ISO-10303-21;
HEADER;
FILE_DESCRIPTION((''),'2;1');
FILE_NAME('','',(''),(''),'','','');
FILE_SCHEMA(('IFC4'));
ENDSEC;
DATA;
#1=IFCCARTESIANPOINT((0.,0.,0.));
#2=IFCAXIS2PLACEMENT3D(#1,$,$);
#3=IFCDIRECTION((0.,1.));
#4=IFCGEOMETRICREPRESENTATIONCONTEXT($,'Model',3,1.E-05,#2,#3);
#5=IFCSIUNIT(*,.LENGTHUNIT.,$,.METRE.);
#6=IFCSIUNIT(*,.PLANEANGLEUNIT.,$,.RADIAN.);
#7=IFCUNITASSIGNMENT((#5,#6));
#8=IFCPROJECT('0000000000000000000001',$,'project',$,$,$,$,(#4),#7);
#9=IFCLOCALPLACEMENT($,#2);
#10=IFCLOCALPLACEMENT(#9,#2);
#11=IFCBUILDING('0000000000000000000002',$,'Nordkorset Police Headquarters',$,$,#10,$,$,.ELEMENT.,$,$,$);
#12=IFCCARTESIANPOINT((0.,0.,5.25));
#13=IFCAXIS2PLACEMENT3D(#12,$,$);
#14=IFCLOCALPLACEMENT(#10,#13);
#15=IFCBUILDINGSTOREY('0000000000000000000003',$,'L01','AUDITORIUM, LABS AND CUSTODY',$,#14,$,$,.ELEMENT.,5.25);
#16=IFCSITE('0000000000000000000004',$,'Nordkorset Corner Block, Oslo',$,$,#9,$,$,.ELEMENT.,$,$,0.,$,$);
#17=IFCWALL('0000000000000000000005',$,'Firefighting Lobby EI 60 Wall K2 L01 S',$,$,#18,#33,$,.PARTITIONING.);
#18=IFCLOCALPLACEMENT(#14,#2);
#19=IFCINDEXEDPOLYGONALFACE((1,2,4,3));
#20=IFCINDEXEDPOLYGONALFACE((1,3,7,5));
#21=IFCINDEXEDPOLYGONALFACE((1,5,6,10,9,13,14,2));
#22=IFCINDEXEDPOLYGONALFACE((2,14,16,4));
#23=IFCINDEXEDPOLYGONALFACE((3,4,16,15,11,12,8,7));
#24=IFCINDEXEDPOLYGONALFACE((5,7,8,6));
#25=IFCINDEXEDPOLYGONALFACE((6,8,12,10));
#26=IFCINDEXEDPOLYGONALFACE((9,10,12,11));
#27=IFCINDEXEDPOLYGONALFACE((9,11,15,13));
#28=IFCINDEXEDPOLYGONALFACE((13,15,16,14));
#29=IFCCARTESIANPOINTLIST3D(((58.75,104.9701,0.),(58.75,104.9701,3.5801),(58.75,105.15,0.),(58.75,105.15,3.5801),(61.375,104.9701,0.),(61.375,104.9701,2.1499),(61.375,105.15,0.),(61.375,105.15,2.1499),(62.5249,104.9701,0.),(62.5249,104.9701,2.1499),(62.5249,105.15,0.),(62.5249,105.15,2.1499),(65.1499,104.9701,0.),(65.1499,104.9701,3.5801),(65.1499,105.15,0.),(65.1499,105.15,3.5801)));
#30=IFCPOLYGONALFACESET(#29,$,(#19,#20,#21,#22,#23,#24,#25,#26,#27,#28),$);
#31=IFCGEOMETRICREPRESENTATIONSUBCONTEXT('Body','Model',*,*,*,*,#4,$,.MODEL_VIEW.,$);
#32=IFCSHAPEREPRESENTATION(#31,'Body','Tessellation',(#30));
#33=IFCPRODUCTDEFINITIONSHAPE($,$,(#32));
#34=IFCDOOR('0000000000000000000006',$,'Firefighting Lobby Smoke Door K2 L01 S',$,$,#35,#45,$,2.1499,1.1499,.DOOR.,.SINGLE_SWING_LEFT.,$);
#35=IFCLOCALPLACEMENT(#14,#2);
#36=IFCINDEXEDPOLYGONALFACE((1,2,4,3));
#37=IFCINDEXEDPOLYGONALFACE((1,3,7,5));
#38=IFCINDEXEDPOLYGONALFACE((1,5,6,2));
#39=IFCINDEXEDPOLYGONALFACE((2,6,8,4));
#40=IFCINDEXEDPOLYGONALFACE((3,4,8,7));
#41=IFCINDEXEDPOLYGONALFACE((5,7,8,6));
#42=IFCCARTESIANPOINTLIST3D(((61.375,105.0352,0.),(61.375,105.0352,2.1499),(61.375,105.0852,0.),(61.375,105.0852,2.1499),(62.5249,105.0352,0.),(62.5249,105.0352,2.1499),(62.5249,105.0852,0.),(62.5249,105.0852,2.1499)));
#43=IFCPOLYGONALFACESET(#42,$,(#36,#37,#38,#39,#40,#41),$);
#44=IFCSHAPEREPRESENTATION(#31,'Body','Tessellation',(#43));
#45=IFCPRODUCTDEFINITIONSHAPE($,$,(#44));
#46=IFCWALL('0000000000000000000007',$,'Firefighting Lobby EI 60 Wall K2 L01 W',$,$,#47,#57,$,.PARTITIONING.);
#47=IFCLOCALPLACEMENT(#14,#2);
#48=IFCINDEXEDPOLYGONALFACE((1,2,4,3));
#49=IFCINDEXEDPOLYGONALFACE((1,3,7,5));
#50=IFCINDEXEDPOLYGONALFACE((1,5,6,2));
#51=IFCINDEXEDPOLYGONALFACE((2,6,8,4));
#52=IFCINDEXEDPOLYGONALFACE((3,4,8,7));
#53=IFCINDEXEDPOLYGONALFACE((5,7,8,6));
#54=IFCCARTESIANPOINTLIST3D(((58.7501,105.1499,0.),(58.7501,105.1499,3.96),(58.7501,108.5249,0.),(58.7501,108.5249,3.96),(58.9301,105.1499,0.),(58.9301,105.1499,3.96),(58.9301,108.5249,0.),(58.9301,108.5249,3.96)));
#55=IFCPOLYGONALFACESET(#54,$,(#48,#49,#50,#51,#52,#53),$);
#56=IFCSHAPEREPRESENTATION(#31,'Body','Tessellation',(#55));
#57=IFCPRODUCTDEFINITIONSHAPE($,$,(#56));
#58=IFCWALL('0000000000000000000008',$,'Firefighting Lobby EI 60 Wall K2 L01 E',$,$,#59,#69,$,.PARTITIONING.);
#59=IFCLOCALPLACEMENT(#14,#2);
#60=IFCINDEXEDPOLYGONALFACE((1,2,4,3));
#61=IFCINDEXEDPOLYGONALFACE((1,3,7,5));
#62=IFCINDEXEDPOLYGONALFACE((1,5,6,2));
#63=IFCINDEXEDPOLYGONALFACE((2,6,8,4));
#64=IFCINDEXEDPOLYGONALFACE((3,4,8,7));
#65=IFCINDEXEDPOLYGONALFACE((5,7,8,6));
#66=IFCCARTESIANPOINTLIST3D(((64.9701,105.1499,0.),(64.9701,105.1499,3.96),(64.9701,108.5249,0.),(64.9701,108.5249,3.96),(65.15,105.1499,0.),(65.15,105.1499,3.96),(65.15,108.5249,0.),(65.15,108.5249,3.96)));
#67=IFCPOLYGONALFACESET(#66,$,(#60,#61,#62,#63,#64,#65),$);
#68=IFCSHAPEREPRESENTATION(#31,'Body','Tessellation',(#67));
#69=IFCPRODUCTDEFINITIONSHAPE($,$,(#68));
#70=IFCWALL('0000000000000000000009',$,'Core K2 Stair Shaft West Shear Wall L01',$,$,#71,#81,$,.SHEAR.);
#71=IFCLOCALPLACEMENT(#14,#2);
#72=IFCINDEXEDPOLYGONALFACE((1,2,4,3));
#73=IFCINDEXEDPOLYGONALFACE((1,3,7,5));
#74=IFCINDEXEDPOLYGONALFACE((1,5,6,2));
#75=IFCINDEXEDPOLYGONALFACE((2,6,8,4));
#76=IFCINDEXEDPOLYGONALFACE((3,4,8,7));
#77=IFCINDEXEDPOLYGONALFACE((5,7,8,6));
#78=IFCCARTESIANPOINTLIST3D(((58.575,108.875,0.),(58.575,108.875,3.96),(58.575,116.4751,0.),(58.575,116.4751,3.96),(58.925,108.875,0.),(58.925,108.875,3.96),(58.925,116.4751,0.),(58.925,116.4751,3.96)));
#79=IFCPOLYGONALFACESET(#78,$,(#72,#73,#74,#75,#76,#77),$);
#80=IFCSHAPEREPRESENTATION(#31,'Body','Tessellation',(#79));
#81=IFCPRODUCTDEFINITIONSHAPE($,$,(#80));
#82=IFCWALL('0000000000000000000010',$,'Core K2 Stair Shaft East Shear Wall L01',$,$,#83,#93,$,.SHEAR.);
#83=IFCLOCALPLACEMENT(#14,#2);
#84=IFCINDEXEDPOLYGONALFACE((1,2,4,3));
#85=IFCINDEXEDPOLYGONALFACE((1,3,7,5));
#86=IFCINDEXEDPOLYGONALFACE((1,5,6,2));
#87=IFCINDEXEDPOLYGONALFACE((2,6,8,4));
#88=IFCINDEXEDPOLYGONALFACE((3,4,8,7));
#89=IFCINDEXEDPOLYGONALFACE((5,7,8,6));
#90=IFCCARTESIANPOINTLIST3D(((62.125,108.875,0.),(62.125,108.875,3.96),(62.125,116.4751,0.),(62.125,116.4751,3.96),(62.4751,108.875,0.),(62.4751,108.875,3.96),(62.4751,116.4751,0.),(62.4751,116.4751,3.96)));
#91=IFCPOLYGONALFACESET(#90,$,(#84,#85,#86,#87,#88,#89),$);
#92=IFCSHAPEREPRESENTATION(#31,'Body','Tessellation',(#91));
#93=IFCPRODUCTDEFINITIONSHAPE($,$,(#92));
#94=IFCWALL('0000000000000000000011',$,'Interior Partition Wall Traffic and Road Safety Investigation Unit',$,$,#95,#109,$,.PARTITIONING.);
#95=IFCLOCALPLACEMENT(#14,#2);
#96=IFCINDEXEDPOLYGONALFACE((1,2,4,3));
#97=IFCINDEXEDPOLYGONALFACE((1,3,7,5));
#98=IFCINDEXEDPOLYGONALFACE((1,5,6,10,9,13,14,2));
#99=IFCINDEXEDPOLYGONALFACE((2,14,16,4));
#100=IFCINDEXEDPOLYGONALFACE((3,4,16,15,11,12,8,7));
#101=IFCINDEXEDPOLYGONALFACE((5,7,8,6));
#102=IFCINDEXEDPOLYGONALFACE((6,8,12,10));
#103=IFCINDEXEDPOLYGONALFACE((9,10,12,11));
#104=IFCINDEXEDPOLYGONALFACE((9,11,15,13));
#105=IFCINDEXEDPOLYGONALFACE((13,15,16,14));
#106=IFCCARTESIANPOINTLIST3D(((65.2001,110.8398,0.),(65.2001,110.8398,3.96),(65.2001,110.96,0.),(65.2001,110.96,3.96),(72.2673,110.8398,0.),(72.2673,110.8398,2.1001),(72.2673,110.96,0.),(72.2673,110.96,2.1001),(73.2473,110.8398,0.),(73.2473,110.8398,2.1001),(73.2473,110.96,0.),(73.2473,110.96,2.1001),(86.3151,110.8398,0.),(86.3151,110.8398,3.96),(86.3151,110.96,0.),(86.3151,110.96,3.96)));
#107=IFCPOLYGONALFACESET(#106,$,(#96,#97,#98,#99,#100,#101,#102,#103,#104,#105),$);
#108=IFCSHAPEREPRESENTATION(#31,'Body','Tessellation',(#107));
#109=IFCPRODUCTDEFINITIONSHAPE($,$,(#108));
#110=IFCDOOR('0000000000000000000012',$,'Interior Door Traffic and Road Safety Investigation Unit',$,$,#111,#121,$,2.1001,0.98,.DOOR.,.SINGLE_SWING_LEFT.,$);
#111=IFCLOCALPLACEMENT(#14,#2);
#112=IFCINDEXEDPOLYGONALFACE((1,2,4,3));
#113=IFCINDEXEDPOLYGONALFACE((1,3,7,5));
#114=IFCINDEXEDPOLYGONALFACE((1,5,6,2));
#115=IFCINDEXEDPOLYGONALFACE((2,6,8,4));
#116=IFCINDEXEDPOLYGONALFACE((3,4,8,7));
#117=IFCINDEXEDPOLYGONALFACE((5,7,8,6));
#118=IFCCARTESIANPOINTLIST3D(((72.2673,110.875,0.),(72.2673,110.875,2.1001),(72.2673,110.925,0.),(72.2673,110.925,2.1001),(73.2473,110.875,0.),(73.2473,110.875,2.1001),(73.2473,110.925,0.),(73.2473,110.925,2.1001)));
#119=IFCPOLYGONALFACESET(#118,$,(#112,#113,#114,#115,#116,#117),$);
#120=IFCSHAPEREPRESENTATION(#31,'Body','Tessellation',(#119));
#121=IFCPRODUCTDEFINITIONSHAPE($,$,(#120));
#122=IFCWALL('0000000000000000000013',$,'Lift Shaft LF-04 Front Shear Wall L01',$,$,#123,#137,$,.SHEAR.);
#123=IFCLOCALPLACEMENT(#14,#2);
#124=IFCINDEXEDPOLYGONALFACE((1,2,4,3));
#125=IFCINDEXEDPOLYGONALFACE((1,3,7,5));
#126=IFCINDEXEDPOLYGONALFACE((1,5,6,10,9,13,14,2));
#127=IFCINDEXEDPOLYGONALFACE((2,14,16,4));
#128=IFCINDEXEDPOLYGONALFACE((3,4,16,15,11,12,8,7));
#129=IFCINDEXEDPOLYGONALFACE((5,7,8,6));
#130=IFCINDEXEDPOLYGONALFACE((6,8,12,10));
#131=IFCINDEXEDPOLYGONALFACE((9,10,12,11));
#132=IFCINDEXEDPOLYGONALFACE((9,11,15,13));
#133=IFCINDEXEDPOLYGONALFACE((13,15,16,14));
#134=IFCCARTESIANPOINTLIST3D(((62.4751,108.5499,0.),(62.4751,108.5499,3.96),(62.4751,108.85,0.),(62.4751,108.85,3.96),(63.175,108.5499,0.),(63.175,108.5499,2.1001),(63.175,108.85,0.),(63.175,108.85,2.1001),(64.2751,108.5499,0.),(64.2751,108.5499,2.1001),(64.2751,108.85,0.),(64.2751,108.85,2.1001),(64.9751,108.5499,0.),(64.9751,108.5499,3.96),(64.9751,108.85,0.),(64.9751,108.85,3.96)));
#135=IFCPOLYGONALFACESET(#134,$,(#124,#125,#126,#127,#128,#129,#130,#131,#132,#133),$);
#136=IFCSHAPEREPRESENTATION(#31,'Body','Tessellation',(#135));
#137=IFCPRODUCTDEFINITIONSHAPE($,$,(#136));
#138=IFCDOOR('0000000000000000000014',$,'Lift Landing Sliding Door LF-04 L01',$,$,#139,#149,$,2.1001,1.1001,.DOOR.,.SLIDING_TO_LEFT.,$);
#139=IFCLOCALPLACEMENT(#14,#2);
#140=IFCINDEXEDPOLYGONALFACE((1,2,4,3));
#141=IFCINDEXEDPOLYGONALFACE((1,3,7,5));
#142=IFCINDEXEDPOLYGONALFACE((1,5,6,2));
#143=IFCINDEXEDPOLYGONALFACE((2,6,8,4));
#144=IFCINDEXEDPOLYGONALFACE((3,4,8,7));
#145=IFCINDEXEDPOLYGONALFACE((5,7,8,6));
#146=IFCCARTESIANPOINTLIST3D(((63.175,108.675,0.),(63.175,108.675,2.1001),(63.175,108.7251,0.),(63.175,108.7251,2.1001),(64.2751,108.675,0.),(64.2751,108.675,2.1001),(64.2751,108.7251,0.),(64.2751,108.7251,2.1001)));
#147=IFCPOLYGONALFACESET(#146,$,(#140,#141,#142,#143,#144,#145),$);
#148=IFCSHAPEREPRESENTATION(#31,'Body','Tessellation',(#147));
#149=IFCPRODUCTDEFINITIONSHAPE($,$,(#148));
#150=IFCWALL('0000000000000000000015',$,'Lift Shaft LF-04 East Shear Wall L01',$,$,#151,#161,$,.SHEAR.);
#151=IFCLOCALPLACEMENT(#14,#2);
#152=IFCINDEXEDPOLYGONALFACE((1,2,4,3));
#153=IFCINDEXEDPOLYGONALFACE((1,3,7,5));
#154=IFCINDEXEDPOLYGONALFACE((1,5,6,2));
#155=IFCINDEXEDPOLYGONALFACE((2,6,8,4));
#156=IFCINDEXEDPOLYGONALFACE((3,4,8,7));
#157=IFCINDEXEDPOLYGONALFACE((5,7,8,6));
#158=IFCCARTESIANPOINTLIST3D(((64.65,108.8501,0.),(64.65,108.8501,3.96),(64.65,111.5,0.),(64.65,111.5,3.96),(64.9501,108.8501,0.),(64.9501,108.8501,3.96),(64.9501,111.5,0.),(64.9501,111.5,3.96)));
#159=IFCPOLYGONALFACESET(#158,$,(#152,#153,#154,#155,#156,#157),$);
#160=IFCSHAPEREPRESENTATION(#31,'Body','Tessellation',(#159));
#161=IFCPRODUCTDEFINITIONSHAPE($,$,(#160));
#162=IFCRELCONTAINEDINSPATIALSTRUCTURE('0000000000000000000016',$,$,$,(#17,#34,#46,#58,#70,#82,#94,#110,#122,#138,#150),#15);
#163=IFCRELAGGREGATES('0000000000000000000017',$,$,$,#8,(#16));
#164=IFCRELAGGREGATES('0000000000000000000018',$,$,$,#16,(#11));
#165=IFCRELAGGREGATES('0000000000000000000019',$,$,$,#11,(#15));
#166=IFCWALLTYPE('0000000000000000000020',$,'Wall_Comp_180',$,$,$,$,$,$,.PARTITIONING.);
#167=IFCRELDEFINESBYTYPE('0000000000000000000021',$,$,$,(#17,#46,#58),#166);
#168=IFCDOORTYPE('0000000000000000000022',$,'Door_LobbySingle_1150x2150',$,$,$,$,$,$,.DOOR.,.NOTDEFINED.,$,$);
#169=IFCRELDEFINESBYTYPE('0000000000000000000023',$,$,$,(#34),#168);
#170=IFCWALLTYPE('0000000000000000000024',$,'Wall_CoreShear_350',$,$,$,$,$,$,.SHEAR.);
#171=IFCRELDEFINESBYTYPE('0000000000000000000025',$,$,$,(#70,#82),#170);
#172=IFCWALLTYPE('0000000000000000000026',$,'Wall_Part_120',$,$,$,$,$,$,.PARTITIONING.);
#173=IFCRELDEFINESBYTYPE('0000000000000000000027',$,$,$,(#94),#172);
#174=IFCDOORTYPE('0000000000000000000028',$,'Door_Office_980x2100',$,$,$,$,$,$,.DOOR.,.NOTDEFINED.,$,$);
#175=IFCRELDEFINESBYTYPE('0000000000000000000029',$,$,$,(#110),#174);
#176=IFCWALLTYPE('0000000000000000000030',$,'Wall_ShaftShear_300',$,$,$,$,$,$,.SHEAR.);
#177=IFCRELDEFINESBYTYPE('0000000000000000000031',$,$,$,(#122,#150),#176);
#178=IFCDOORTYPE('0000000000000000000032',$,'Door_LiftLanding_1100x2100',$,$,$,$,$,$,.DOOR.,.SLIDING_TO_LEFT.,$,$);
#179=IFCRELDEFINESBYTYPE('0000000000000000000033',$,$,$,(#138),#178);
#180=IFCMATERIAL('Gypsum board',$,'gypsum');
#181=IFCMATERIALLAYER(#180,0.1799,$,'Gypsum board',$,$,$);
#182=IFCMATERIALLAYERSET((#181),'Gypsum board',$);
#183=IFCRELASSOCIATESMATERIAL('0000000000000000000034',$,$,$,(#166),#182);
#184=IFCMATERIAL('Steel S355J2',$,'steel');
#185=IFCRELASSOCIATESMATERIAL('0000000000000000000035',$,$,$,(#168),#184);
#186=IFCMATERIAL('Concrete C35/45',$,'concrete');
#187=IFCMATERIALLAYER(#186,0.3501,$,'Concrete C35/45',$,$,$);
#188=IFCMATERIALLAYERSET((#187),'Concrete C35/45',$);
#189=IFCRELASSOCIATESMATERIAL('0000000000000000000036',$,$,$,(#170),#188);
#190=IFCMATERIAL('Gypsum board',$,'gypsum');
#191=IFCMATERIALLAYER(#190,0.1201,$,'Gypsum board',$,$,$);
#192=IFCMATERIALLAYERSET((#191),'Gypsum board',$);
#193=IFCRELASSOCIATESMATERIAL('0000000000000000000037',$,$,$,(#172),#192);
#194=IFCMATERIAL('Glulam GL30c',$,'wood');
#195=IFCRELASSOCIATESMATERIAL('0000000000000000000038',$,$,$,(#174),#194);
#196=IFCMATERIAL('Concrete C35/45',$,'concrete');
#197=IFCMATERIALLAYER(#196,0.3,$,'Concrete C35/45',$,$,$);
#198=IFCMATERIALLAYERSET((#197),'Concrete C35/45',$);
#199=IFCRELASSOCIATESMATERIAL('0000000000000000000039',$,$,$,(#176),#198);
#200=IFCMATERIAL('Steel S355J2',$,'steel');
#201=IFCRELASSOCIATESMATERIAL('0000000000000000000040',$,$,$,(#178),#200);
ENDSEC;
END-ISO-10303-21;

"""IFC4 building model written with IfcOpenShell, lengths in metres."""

from ifc_helpers import new_model, si_unit, direction, frame, frame_2d, origin, place, context, subcontext, project, spatial, rectangle, extrude, material, layer, layer_set, type_object, element, fill, save


model = new_model("IFC4")

# Units and contexts
model_context = context("Model", 3, precision=1e-05, world=origin(), true_north=direction((0.0, 1.0)))
body_context = subcontext(model_context, "Body", "Model", "MODEL_VIEW")
ifc_project = project(units=[si_unit("LENGTHUNIT", "METRE"), si_unit("PLANEANGLEUNIT", "RADIAN")], contexts=[model_context])

# Site, building, storey
site_placement = place(None, origin())
site = spatial("IfcSite", under=ifc_project, at=site_placement, Name="Nordkorset Corner Block, Oslo", CompositionType="ELEMENT", RefElevation=0.0)
building_placement = place(site_placement, origin())
building = spatial("IfcBuilding", under=site, at=building_placement, Name="Nordkorset Police Headquarters", CompositionType="ELEMENT")
storey_placement = place(building_placement, frame((0.0, 0.0, 5.25)))
storey = spatial("IfcBuildingStorey", under=building, at=storey_placement, Name="L01", Description="AUDITORIUM, LABS AND CUSTODY", CompositionType="ELEMENT", Elevation=5.25)

# Wall, opening, door
ifc_material_1 = material(Name="Gypsum board", Category="gypsum")
ifc_layer_1 = layer(ifc_material_1, 0.1799, Name="Gypsum board")
ifc_layer_set_1 = layer_set([ifc_layer_1], Name="Gypsum board")
wall_type_1 = type_object("IfcWallType", Name="Wall_Comp_180", PredefinedType="PARTITIONING", material=ifc_layer_set_1)
wall_1_placement = place(storey_placement, frame((58.75, 105.0601, 0.0), z_axis=(0.0, 0.0, 1.0), x_axis=(1.0, 0.0, 0.0)))
wall_1 = element("IfcWall", 1, at=wall_1_placement, inside=storey, type_object=wall_type_1, Name="Firefighting Lobby EI 60 Wall K2 L01 S", PredefinedType="PARTITIONING", context=body_context, shape_type="SweptSolid", body=[
    extrude(rectangle(XDim=6.3999, YDim=0.1799, at=frame_2d((3.2, 0.0))), origin(), (0.0, 0.0, 1.0), 3.5801),
])
opening_1_placement = place(wall_1_placement, frame((2.625, 0.0, 0.0)))
opening_1 = element("IfcOpeningElement", 2, at=opening_1_placement, cuts=wall_1, PredefinedType="OPENING", context=body_context, shape_type="SweptSolid", body=[
    extrude(rectangle(XDim=1.1499, YDim=2.1499, at=frame_2d((0.575, 1.075))), frame((0.0, 0.1001, 0.0), z_axis=(0.0, -1.0, 0.0), x_axis=(1.0, 0.0, 0.0)), (0.0, 0.0, 1.0), 0.2),
])
ifc_material_2 = material(Name="Steel S355J2", Category="steel")
door_type_1 = type_object("IfcDoorType", Name="Door_LobbySingle_1150x2150", OperationType="NOTDEFINED", PredefinedType="DOOR", material=ifc_material_2)
door_1_placement = place(opening_1_placement, frame((1.1499, 0.0, 0.0), z_axis=(0.0, 0.0, 1.0), x_axis=(-1.0, 0.0, 0.0)))
door_1 = element("IfcDoor", 3, at=door_1_placement, inside=storey, type_object=door_type_1, Name="Firefighting Lobby Smoke Door K2 L01 S", OperationType="SINGLE_SWING_LEFT", OverallHeight=2.1499, OverallWidth=1.1499, PredefinedType="DOOR", context=body_context, shape_type="SweptSolid", body=[
    extrude(rectangle(XDim=1.1499, YDim=2.1499, at=frame_2d((0.575, 1.075))), frame((0.0, 0.0249, 0.0), z_axis=(0.0, -1.0, 0.0), x_axis=(1.0, 0.0, 0.0)), (0.0, 0.0, 1.0), 0.05),
])
fill(opening_1, door_1)

# Walls
for number, where, z_axis, x_axis, name in (
    (4, (58.8401, 105.1499, 0.0), (0.0, 0.0, 1.0), (0.0, 1.0, 0.0), "Firefighting Lobby EI 60 Wall K2 L01 W"),
    (5, (65.0601, 105.1499, 0.0), (0.0, 0.0, 1.0), (0.0, 1.0, 0.0), "Firefighting Lobby EI 60 Wall K2 L01 E"),
):
    element("IfcWall", number, at=place(storey_placement, frame(where, z_axis=z_axis, x_axis=x_axis)), inside=storey, type_object=wall_type_1, Name=name, PredefinedType="PARTITIONING", context=body_context, shape_type="SweptSolid", body=[
        extrude(rectangle(XDim=3.375, YDim=0.1799, at=frame_2d((1.6875, 0.0))), origin(), (0.0, 0.0, 1.0), 3.96),
    ])

# Shared definitions
ifc_material_3 = material(Name="Concrete C35/45", Category="concrete")
ifc_layer_2 = layer(ifc_material_3, 0.3501, Name="Concrete C35/45")
ifc_layer_set_2 = layer_set([ifc_layer_2], Name="Concrete C35/45")
wall_type_2 = type_object("IfcWallType", Name="Wall_CoreShear_350", PredefinedType="SHEAR", material=ifc_layer_set_2)

# Walls
for number, where, z_axis, x_axis, name in (
    (6, (58.75, 108.875, 0.0), (0.0, 0.0, 1.0), (0.0, 1.0, 0.0), "Core K2 Stair Shaft West Shear Wall L01"),
    (7, (62.3, 108.875, 0.0), (0.0, 0.0, 1.0), (0.0, 1.0, 0.0), "Core K2 Stair Shaft East Shear Wall L01"),
):
    element("IfcWall", number, at=place(storey_placement, frame(where, z_axis=z_axis, x_axis=x_axis)), inside=storey, type_object=wall_type_2, Name=name, PredefinedType="SHEAR", context=body_context, shape_type="SweptSolid", body=[
        extrude(rectangle(XDim=7.6001, YDim=0.3501, at=frame_2d((3.8, 0.0))), origin(), (0.0, 0.0, 1.0), 3.96),
    ])

# Walls, openings, doors
ifc_material_4 = material(Name="Gypsum board", Category="gypsum")
ifc_layer_3 = layer(ifc_material_4, 0.1201, Name="Gypsum board")
ifc_layer_set_3 = layer_set([ifc_layer_3], Name="Gypsum board")
wall_type_3 = type_object("IfcWallType", Name="Wall_Part_120", PredefinedType="PARTITIONING", material=ifc_layer_set_3)
wall_2_placement = place(storey_placement, frame((65.2, 110.8999, 0.0), z_axis=(0.0, 0.0, 1.0), x_axis=(1.0, 0.0, 0.0)))
wall_2 = element("IfcWall", 8, at=wall_2_placement, inside=storey, type_object=wall_type_3, Name="Interior Partition Wall Traffic and Road Safety Investigation Unit", PredefinedType="PARTITIONING", context=body_context, shape_type="SweptSolid", body=[
    extrude(rectangle(XDim=21.115, YDim=0.1201, at=frame_2d((10.5576, 0.0))), origin(), (0.0, 0.0, 1.0), 3.96),
])
opening_2_placement = place(wall_2_placement, frame((7.0674, 0.0, 0.0)))
opening_2 = element("IfcOpeningElement", 9, at=opening_2_placement, cuts=wall_2, PredefinedType="OPENING", context=body_context, shape_type="SweptSolid", body=[
    extrude(rectangle(XDim=0.98, YDim=2.1001, at=frame_2d((0.49, 1.05))), frame((0.0, 0.0701, 0.0), z_axis=(0.0, -1.0, 0.0), x_axis=(1.0, 0.0, 0.0)), (0.0, 0.0, 1.0), 0.1401),
])
ifc_material_5 = material(Name="Glulam GL30c", Category="wood")
door_type_2 = type_object("IfcDoorType", Name="Door_Office_980x2100", OperationType="NOTDEFINED", PredefinedType="DOOR", material=ifc_material_5)
door_2_placement = place(opening_2_placement, frame((0.98, 0.0, 0.0), z_axis=(0.0, 0.0, 1.0), x_axis=(-1.0, 0.0, 0.0)))
door_2 = element("IfcDoor", 10, at=door_2_placement, inside=storey, type_object=door_type_2, Name="Interior Door Traffic and Road Safety Investigation Unit", OperationType="SINGLE_SWING_LEFT", OverallHeight=2.1001, OverallWidth=0.98, PredefinedType="DOOR", context=body_context, shape_type="SweptSolid", body=[
    extrude(rectangle(XDim=0.98, YDim=2.1001, at=frame_2d((0.49, 1.05))), frame((0.0, 0.0249, 0.0), z_axis=(0.0, -1.0, 0.0), x_axis=(1.0, 0.0, 0.0)), (0.0, 0.0, 1.0), 0.05),
])
fill(opening_2, door_2)
ifc_material_6 = material(Name="Concrete C35/45", Category="concrete")
ifc_layer_4 = layer(ifc_material_6, 0.3, Name="Concrete C35/45")
ifc_layer_set_4 = layer_set([ifc_layer_4], Name="Concrete C35/45")
wall_type_4 = type_object("IfcWallType", Name="Wall_ShaftShear_300", PredefinedType="SHEAR", material=ifc_layer_set_4)
wall_3_placement = place(storey_placement, frame((62.4751, 108.7, 0.0), z_axis=(0.0, 0.0, 1.0), x_axis=(1.0, 0.0, 0.0)))
wall_3 = element("IfcWall", 11, at=wall_3_placement, inside=storey, type_object=wall_type_4, Name="Lift Shaft LF-04 Front Shear Wall L01", PredefinedType="SHEAR", context=body_context, shape_type="SweptSolid", body=[
    extrude(rectangle(XDim=2.5, YDim=0.3, at=frame_2d((1.25, 0.0))), origin(), (0.0, 0.0, 1.0), 3.96),
])
opening_3_placement = place(wall_3_placement, frame((0.7, 0.0, 0.0)))
opening_3 = element("IfcOpeningElement", 12, at=opening_3_placement, cuts=wall_3, PredefinedType="OPENING", context=body_context, shape_type="SweptSolid", body=[
    extrude(rectangle(XDim=1.1001, YDim=2.1001, at=frame_2d((0.55, 1.05))), frame((0.0, 0.1602, 0.0), z_axis=(0.0, -1.0, 0.0), x_axis=(1.0, 0.0, 0.0)), (0.0, 0.0, 1.0), 0.3201),
])
ifc_material_7 = material(Name="Steel S355J2", Category="steel")
door_type_3 = type_object("IfcDoorType", Name="Door_LiftLanding_1100x2100", OperationType="SLIDING_TO_LEFT", PredefinedType="DOOR", material=ifc_material_7)
door_3_placement = place(opening_3_placement, frame((1.1001, 0.0, 0.0), z_axis=(0.0, 0.0, 1.0), x_axis=(-1.0, 0.0, 0.0)))
door_3 = element("IfcDoor", 13, at=door_3_placement, inside=storey, type_object=door_type_3, Name="Lift Landing Sliding Door LF-04 L01", OperationType="SLIDING_TO_LEFT", OverallHeight=2.1001, OverallWidth=1.1001, PredefinedType="DOOR", context=body_context, shape_type="SweptSolid", body=[
    extrude(rectangle(XDim=1.1001, YDim=2.1001, at=frame_2d((0.55, 1.05))), frame((0.0, 0.0249, 0.0), z_axis=(0.0, -1.0, 0.0), x_axis=(1.0, 0.0, 0.0)), (0.0, 0.0, 1.0), 0.05),
])
fill(opening_3, door_3)

# Wall
wall_4_placement = place(storey_placement, frame((64.8, 108.8501, 0.0), z_axis=(0.0, 0.0, 1.0), x_axis=(0.0, 1.0, 0.0)))
element("IfcWall", 14, at=wall_4_placement, inside=storey, type_object=wall_type_4, Name="Lift Shaft LF-04 East Shear Wall L01", PredefinedType="SHEAR", context=body_context, shape_type="SweptSolid", body=[
    extrude(rectangle(XDim=2.6499, YDim=0.3, at=frame_2d((1.325, 0.0))), origin(), (0.0, 0.0, 1.0), 3.96),
])

save(model, "model.ifc")
